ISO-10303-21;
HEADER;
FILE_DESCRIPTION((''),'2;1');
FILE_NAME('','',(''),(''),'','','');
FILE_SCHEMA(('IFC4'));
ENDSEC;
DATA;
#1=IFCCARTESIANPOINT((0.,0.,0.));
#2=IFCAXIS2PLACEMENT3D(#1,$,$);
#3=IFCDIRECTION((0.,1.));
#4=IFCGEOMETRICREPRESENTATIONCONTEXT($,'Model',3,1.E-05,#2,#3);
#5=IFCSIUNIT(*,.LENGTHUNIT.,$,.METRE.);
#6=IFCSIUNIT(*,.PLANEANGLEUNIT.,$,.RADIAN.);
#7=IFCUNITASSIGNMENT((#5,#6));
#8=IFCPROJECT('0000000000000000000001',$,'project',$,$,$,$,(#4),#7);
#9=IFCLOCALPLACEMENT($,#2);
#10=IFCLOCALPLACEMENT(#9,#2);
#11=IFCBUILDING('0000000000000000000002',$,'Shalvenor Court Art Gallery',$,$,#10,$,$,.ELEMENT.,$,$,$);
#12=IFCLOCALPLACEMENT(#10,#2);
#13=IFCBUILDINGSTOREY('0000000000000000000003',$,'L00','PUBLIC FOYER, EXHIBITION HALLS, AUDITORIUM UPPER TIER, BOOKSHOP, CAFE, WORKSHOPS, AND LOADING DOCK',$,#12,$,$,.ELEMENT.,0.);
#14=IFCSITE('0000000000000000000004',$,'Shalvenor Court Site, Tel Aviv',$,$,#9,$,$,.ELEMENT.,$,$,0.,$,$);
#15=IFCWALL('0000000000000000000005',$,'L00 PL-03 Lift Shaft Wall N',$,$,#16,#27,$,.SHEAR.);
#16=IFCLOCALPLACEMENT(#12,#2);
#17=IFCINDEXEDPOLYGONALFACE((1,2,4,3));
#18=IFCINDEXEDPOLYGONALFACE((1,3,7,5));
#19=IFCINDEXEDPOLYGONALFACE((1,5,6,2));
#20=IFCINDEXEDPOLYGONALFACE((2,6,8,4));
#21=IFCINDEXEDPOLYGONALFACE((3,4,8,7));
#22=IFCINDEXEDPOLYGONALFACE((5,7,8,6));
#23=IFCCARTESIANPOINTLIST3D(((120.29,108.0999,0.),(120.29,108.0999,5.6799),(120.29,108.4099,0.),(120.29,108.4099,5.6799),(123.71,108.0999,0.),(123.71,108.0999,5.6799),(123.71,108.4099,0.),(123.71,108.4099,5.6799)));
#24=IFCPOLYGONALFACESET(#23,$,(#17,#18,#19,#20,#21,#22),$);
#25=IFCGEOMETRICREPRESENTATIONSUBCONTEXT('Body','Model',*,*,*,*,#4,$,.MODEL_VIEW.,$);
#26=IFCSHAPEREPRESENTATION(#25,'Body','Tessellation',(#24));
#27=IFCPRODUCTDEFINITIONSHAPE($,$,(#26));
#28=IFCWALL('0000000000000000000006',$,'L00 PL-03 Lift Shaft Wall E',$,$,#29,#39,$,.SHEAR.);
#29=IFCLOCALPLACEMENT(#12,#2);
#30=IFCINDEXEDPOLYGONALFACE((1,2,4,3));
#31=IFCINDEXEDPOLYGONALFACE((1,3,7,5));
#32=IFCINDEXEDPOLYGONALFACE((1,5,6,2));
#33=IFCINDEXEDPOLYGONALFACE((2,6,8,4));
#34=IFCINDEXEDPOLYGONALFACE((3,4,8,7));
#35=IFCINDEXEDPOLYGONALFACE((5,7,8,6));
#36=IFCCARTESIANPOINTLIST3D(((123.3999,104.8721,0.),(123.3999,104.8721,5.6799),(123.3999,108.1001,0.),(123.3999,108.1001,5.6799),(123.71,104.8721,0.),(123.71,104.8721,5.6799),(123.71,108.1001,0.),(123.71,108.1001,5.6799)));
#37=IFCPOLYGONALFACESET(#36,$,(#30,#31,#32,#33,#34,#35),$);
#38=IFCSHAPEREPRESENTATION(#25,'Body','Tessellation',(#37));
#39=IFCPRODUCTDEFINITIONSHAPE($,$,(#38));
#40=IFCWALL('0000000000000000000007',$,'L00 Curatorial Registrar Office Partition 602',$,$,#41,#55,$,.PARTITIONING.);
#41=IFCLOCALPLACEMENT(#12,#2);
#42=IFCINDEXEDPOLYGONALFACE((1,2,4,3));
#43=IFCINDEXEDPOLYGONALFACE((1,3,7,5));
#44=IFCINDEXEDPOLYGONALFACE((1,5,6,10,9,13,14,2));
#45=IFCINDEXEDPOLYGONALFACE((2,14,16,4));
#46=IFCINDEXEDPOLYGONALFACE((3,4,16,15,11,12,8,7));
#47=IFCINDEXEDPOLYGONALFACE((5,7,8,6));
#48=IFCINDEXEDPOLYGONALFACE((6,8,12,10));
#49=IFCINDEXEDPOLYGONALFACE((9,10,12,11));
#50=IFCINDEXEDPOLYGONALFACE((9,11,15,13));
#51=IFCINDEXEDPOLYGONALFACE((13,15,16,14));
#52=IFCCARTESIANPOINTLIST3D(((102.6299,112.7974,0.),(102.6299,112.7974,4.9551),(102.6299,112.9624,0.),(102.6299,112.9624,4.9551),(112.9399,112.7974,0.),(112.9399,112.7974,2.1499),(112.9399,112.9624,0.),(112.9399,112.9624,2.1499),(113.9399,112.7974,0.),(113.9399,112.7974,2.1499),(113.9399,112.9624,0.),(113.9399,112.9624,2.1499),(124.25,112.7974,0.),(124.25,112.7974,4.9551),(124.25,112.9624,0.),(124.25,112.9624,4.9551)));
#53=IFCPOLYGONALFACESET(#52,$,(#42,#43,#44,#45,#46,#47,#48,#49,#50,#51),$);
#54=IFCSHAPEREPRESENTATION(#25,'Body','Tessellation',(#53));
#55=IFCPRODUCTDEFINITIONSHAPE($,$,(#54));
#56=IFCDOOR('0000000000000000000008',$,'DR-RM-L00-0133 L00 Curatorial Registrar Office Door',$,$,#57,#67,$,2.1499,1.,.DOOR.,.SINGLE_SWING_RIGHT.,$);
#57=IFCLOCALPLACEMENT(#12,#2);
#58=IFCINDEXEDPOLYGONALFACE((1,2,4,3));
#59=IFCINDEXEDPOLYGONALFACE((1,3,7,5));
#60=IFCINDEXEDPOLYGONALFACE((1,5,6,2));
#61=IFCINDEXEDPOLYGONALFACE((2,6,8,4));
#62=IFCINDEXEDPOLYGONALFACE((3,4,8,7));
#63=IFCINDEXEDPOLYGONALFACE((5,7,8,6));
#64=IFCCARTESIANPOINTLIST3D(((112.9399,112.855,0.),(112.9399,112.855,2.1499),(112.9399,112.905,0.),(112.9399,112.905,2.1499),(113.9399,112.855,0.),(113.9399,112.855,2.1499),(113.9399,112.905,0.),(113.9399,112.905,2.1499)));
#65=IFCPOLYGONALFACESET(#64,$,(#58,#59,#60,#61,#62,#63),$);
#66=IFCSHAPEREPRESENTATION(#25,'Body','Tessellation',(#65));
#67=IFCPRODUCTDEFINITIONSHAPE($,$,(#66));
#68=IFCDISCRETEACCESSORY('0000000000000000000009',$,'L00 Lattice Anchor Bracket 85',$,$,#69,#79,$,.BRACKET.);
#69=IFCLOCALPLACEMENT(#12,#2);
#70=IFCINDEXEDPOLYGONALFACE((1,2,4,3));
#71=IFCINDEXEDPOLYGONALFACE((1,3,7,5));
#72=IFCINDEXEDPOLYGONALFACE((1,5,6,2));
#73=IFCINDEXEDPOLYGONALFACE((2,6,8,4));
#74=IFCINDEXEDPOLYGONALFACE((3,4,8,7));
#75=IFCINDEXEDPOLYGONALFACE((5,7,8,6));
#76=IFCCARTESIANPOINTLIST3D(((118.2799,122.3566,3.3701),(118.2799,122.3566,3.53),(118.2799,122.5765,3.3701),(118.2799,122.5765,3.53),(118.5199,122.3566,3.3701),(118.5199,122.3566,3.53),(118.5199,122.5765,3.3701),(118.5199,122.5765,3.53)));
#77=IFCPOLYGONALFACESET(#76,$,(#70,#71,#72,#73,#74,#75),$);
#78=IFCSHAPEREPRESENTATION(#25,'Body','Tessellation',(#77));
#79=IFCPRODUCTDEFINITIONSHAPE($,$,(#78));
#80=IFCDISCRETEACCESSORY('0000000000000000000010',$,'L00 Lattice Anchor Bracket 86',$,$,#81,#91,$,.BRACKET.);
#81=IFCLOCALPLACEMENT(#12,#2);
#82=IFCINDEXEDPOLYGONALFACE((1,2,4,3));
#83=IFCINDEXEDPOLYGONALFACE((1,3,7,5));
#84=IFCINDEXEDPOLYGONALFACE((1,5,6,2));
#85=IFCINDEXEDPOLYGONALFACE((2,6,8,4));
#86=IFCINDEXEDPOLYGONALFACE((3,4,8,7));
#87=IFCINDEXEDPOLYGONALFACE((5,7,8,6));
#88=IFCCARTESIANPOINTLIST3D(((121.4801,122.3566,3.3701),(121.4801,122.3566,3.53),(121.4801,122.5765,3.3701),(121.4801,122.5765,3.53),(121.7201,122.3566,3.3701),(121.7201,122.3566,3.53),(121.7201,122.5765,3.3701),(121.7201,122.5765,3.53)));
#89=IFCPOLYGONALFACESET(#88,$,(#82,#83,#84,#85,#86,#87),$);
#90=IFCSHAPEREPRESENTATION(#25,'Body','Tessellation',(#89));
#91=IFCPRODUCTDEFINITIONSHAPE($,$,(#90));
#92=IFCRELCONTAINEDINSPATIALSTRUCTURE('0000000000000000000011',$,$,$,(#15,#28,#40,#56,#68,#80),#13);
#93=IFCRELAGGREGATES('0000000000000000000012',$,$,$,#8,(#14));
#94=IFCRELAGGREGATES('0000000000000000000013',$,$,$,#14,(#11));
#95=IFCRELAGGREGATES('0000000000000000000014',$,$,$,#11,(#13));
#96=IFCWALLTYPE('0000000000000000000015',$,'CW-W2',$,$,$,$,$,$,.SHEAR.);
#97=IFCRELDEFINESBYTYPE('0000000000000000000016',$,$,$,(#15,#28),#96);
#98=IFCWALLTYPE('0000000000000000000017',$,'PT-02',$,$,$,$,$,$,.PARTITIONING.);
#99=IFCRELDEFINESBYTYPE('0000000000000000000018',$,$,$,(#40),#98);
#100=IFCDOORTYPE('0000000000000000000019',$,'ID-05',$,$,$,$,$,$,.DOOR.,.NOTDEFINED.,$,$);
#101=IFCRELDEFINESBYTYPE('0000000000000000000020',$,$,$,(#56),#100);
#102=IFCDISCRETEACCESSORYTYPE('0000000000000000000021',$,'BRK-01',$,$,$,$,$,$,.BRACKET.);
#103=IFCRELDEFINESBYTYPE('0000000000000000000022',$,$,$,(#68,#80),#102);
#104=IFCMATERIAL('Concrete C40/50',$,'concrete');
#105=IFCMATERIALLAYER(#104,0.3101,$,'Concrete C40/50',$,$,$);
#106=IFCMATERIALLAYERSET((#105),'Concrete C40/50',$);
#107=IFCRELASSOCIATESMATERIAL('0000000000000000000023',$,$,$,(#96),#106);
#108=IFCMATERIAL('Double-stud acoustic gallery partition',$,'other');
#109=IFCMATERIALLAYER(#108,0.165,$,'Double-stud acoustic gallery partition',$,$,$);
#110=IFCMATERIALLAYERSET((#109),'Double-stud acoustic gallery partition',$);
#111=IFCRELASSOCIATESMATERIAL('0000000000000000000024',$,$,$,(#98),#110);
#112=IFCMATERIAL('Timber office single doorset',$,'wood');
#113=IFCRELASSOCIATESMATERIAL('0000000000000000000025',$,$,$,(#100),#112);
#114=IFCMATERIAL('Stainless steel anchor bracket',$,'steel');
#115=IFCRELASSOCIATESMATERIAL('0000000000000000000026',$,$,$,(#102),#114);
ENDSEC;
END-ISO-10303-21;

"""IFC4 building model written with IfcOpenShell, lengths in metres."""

from ifc_helpers import new_model, si_unit, direction, frame, frame_2d, origin, origin_2d, place, context, subcontext, project, spatial, rectangle, extrude, material, layer, layer_set, type_object, element, fill, save


model = new_model("IFC4")

# Units and contexts
model_context = context("Model", 3, precision=1e-05, world=origin(), true_north=direction((0.0, 1.0)))
body_context = subcontext(model_context, "Body", "Model", "MODEL_VIEW")
ifc_project = project(units=[si_unit("LENGTHUNIT", "METRE"), si_unit("PLANEANGLEUNIT", "RADIAN")], contexts=[model_context])

# Site, building, storey
site_placement = place(None, origin())
site = spatial("IfcSite", under=ifc_project, at=site_placement, Name="Shalvenor Court Site, Tel Aviv", CompositionType="ELEMENT", RefElevation=0.0)
building_placement = place(site_placement, origin())
building = spatial("IfcBuilding", under=site, at=building_placement, Name="Shalvenor Court Art Gallery", CompositionType="ELEMENT")
storey_placement = place(building_placement, origin())
storey = spatial("IfcBuildingStorey", under=building, at=storey_placement, Name="L00", Description="PUBLIC FOYER, EXHIBITION HALLS, AUDITORIUM UPPER TIER, BOOKSHOP, CAFE, WORKSHOPS, AND LOADING DOCK", CompositionType="ELEMENT", Elevation=0.0)

# Walls
ifc_material_1 = material(Name="Concrete C40/50", Category="concrete")
ifc_layer_1 = layer(ifc_material_1, 0.3101, Name="Concrete C40/50")
ifc_layer_set_1 = layer_set([ifc_layer_1], Name="Concrete C40/50")
wall_type_1 = type_object("IfcWallType", Name="CW-W2", PredefinedType="SHEAR", material=ifc_layer_set_1)
wall_1_placement = place(storey_placement, frame((120.29, 108.2549, 0.0), z_axis=(0.0, 0.0, 1.0), x_axis=(1.0, 0.0, 0.0)))
element("IfcWall", 1, at=wall_1_placement, inside=storey, type_object=wall_type_1, Name="L00 PL-03 Lift Shaft Wall N", PredefinedType="SHEAR", context=body_context, shape_type="SweptSolid", body=[
    extrude(rectangle(XDim=3.4199, YDim=0.3101, at=frame_2d((1.71, 0.0))), origin(), (0.0, 0.0, 1.0), 5.6799),
])
wall_2_placement = place(storey_placement, frame((123.5549, 108.1001, 0.0), z_axis=(0.0, 0.0, 1.0), x_axis=(0.0, -1.0, 0.0)))
element("IfcWall", 2, at=wall_2_placement, inside=storey, type_object=wall_type_1, Name="L00 PL-03 Lift Shaft Wall E", PredefinedType="SHEAR", context=body_context, shape_type="SweptSolid", body=[
    extrude(rectangle(XDim=3.228, YDim=0.3101, at=frame_2d((1.614, 0.0))), origin(), (0.0, 0.0, 1.0), 5.6799),
])

# Wall, opening, door
ifc_material_2 = material(Name="Double-stud acoustic gallery partition", Category="other")
ifc_layer_2 = layer(ifc_material_2, 0.165, Name="Double-stud acoustic gallery partition")
ifc_layer_set_2 = layer_set([ifc_layer_2], Name="Double-stud acoustic gallery partition")
wall_type_2 = type_object("IfcWallType", Name="PT-02", PredefinedType="PARTITIONING", material=ifc_layer_set_2)
wall_3_placement = place(storey_placement, frame((124.25, 112.8799, 0.0), z_axis=(0.0, 0.0, 1.0), x_axis=(-1.0, 0.0, 0.0)))
wall_3 = element("IfcWall", 3, at=wall_3_placement, inside=storey, type_object=wall_type_2, Name="L00 Curatorial Registrar Office Partition 602", PredefinedType="PARTITIONING", context=body_context, shape_type="SweptSolid", body=[
    extrude(rectangle(XDim=21.6201, YDim=0.165, at=frame_2d((10.8101, 0.0))), origin(), (0.0, 0.0, 1.0), 4.9551),
])
opening_placement = place(wall_3_placement, frame((10.3101, 0.0, 0.0)))
opening = element("IfcOpeningElement", 4, at=opening_placement, cuts=wall_3, PredefinedType="OPENING", context=body_context, shape_type="SweptSolid", body=[
    extrude(rectangle(XDim=1.0, YDim=2.1499, at=frame_2d((0.5, 1.075))), frame((0.0, 0.0925, 0.0), z_axis=(0.0, -1.0, 0.0), x_axis=(1.0, 0.0, 0.0)), (0.0, 0.0, 1.0), 0.1851),
])
ifc_material_3 = material(Name="Timber office single doorset", Category="wood")
door_type = type_object("IfcDoorType", Name="ID-05", OperationType="NOTDEFINED", PredefinedType="DOOR", material=ifc_material_3)
door_placement = place(opening_placement, origin())
door = element("IfcDoor", 5, at=door_placement, inside=storey, type_object=door_type, Name="DR-RM-L00-0133 L00 Curatorial Registrar Office Door", OperationType="SINGLE_SWING_RIGHT", OverallHeight=2.1499, OverallWidth=1.0, PredefinedType="DOOR", context=body_context, shape_type="SweptSolid", body=[
    extrude(rectangle(XDim=1.0, YDim=2.1499, at=frame_2d((0.5, 1.075))), frame((0.0, 0.0249, 0.0), z_axis=(0.0, -1.0, 0.0), x_axis=(1.0, 0.0, 0.0)), (0.0, 0.0, 1.0), 0.05),
])
fill(opening, door)

# Discrete accessories
ifc_material_4 = material(Name="Stainless steel anchor bracket", Category="steel")
discrete_accessory_type = type_object("IfcDiscreteAccessoryType", Name="BRK-01", PredefinedType="BRACKET", material=ifc_material_4)
for number, where, z_axis, x_axis, name in (
    (6, (118.3999, 122.4666, 3.3701), (0.0, 0.0, 1.0), (1.0, 0.0, 0.0), "L00 Lattice Anchor Bracket 85"),
    (7, (121.6001, 122.4666, 3.3701), (0.0, 0.0, 1.0), (1.0, 0.0, 0.0), "L00 Lattice Anchor Bracket 86"),
):
    element("IfcDiscreteAccessory", number, at=place(storey_placement, frame(where, z_axis=z_axis, x_axis=x_axis)), inside=storey, type_object=discrete_accessory_type, Name=name, PredefinedType="BRACKET", context=body_context, shape_type="SweptSolid", body=[
        extrude(rectangle(XDim=0.24, YDim=0.22, at=origin_2d()), origin(), (0.0, 0.0, 1.0), 0.1599),
    ])

save(model, "model.ifc")
